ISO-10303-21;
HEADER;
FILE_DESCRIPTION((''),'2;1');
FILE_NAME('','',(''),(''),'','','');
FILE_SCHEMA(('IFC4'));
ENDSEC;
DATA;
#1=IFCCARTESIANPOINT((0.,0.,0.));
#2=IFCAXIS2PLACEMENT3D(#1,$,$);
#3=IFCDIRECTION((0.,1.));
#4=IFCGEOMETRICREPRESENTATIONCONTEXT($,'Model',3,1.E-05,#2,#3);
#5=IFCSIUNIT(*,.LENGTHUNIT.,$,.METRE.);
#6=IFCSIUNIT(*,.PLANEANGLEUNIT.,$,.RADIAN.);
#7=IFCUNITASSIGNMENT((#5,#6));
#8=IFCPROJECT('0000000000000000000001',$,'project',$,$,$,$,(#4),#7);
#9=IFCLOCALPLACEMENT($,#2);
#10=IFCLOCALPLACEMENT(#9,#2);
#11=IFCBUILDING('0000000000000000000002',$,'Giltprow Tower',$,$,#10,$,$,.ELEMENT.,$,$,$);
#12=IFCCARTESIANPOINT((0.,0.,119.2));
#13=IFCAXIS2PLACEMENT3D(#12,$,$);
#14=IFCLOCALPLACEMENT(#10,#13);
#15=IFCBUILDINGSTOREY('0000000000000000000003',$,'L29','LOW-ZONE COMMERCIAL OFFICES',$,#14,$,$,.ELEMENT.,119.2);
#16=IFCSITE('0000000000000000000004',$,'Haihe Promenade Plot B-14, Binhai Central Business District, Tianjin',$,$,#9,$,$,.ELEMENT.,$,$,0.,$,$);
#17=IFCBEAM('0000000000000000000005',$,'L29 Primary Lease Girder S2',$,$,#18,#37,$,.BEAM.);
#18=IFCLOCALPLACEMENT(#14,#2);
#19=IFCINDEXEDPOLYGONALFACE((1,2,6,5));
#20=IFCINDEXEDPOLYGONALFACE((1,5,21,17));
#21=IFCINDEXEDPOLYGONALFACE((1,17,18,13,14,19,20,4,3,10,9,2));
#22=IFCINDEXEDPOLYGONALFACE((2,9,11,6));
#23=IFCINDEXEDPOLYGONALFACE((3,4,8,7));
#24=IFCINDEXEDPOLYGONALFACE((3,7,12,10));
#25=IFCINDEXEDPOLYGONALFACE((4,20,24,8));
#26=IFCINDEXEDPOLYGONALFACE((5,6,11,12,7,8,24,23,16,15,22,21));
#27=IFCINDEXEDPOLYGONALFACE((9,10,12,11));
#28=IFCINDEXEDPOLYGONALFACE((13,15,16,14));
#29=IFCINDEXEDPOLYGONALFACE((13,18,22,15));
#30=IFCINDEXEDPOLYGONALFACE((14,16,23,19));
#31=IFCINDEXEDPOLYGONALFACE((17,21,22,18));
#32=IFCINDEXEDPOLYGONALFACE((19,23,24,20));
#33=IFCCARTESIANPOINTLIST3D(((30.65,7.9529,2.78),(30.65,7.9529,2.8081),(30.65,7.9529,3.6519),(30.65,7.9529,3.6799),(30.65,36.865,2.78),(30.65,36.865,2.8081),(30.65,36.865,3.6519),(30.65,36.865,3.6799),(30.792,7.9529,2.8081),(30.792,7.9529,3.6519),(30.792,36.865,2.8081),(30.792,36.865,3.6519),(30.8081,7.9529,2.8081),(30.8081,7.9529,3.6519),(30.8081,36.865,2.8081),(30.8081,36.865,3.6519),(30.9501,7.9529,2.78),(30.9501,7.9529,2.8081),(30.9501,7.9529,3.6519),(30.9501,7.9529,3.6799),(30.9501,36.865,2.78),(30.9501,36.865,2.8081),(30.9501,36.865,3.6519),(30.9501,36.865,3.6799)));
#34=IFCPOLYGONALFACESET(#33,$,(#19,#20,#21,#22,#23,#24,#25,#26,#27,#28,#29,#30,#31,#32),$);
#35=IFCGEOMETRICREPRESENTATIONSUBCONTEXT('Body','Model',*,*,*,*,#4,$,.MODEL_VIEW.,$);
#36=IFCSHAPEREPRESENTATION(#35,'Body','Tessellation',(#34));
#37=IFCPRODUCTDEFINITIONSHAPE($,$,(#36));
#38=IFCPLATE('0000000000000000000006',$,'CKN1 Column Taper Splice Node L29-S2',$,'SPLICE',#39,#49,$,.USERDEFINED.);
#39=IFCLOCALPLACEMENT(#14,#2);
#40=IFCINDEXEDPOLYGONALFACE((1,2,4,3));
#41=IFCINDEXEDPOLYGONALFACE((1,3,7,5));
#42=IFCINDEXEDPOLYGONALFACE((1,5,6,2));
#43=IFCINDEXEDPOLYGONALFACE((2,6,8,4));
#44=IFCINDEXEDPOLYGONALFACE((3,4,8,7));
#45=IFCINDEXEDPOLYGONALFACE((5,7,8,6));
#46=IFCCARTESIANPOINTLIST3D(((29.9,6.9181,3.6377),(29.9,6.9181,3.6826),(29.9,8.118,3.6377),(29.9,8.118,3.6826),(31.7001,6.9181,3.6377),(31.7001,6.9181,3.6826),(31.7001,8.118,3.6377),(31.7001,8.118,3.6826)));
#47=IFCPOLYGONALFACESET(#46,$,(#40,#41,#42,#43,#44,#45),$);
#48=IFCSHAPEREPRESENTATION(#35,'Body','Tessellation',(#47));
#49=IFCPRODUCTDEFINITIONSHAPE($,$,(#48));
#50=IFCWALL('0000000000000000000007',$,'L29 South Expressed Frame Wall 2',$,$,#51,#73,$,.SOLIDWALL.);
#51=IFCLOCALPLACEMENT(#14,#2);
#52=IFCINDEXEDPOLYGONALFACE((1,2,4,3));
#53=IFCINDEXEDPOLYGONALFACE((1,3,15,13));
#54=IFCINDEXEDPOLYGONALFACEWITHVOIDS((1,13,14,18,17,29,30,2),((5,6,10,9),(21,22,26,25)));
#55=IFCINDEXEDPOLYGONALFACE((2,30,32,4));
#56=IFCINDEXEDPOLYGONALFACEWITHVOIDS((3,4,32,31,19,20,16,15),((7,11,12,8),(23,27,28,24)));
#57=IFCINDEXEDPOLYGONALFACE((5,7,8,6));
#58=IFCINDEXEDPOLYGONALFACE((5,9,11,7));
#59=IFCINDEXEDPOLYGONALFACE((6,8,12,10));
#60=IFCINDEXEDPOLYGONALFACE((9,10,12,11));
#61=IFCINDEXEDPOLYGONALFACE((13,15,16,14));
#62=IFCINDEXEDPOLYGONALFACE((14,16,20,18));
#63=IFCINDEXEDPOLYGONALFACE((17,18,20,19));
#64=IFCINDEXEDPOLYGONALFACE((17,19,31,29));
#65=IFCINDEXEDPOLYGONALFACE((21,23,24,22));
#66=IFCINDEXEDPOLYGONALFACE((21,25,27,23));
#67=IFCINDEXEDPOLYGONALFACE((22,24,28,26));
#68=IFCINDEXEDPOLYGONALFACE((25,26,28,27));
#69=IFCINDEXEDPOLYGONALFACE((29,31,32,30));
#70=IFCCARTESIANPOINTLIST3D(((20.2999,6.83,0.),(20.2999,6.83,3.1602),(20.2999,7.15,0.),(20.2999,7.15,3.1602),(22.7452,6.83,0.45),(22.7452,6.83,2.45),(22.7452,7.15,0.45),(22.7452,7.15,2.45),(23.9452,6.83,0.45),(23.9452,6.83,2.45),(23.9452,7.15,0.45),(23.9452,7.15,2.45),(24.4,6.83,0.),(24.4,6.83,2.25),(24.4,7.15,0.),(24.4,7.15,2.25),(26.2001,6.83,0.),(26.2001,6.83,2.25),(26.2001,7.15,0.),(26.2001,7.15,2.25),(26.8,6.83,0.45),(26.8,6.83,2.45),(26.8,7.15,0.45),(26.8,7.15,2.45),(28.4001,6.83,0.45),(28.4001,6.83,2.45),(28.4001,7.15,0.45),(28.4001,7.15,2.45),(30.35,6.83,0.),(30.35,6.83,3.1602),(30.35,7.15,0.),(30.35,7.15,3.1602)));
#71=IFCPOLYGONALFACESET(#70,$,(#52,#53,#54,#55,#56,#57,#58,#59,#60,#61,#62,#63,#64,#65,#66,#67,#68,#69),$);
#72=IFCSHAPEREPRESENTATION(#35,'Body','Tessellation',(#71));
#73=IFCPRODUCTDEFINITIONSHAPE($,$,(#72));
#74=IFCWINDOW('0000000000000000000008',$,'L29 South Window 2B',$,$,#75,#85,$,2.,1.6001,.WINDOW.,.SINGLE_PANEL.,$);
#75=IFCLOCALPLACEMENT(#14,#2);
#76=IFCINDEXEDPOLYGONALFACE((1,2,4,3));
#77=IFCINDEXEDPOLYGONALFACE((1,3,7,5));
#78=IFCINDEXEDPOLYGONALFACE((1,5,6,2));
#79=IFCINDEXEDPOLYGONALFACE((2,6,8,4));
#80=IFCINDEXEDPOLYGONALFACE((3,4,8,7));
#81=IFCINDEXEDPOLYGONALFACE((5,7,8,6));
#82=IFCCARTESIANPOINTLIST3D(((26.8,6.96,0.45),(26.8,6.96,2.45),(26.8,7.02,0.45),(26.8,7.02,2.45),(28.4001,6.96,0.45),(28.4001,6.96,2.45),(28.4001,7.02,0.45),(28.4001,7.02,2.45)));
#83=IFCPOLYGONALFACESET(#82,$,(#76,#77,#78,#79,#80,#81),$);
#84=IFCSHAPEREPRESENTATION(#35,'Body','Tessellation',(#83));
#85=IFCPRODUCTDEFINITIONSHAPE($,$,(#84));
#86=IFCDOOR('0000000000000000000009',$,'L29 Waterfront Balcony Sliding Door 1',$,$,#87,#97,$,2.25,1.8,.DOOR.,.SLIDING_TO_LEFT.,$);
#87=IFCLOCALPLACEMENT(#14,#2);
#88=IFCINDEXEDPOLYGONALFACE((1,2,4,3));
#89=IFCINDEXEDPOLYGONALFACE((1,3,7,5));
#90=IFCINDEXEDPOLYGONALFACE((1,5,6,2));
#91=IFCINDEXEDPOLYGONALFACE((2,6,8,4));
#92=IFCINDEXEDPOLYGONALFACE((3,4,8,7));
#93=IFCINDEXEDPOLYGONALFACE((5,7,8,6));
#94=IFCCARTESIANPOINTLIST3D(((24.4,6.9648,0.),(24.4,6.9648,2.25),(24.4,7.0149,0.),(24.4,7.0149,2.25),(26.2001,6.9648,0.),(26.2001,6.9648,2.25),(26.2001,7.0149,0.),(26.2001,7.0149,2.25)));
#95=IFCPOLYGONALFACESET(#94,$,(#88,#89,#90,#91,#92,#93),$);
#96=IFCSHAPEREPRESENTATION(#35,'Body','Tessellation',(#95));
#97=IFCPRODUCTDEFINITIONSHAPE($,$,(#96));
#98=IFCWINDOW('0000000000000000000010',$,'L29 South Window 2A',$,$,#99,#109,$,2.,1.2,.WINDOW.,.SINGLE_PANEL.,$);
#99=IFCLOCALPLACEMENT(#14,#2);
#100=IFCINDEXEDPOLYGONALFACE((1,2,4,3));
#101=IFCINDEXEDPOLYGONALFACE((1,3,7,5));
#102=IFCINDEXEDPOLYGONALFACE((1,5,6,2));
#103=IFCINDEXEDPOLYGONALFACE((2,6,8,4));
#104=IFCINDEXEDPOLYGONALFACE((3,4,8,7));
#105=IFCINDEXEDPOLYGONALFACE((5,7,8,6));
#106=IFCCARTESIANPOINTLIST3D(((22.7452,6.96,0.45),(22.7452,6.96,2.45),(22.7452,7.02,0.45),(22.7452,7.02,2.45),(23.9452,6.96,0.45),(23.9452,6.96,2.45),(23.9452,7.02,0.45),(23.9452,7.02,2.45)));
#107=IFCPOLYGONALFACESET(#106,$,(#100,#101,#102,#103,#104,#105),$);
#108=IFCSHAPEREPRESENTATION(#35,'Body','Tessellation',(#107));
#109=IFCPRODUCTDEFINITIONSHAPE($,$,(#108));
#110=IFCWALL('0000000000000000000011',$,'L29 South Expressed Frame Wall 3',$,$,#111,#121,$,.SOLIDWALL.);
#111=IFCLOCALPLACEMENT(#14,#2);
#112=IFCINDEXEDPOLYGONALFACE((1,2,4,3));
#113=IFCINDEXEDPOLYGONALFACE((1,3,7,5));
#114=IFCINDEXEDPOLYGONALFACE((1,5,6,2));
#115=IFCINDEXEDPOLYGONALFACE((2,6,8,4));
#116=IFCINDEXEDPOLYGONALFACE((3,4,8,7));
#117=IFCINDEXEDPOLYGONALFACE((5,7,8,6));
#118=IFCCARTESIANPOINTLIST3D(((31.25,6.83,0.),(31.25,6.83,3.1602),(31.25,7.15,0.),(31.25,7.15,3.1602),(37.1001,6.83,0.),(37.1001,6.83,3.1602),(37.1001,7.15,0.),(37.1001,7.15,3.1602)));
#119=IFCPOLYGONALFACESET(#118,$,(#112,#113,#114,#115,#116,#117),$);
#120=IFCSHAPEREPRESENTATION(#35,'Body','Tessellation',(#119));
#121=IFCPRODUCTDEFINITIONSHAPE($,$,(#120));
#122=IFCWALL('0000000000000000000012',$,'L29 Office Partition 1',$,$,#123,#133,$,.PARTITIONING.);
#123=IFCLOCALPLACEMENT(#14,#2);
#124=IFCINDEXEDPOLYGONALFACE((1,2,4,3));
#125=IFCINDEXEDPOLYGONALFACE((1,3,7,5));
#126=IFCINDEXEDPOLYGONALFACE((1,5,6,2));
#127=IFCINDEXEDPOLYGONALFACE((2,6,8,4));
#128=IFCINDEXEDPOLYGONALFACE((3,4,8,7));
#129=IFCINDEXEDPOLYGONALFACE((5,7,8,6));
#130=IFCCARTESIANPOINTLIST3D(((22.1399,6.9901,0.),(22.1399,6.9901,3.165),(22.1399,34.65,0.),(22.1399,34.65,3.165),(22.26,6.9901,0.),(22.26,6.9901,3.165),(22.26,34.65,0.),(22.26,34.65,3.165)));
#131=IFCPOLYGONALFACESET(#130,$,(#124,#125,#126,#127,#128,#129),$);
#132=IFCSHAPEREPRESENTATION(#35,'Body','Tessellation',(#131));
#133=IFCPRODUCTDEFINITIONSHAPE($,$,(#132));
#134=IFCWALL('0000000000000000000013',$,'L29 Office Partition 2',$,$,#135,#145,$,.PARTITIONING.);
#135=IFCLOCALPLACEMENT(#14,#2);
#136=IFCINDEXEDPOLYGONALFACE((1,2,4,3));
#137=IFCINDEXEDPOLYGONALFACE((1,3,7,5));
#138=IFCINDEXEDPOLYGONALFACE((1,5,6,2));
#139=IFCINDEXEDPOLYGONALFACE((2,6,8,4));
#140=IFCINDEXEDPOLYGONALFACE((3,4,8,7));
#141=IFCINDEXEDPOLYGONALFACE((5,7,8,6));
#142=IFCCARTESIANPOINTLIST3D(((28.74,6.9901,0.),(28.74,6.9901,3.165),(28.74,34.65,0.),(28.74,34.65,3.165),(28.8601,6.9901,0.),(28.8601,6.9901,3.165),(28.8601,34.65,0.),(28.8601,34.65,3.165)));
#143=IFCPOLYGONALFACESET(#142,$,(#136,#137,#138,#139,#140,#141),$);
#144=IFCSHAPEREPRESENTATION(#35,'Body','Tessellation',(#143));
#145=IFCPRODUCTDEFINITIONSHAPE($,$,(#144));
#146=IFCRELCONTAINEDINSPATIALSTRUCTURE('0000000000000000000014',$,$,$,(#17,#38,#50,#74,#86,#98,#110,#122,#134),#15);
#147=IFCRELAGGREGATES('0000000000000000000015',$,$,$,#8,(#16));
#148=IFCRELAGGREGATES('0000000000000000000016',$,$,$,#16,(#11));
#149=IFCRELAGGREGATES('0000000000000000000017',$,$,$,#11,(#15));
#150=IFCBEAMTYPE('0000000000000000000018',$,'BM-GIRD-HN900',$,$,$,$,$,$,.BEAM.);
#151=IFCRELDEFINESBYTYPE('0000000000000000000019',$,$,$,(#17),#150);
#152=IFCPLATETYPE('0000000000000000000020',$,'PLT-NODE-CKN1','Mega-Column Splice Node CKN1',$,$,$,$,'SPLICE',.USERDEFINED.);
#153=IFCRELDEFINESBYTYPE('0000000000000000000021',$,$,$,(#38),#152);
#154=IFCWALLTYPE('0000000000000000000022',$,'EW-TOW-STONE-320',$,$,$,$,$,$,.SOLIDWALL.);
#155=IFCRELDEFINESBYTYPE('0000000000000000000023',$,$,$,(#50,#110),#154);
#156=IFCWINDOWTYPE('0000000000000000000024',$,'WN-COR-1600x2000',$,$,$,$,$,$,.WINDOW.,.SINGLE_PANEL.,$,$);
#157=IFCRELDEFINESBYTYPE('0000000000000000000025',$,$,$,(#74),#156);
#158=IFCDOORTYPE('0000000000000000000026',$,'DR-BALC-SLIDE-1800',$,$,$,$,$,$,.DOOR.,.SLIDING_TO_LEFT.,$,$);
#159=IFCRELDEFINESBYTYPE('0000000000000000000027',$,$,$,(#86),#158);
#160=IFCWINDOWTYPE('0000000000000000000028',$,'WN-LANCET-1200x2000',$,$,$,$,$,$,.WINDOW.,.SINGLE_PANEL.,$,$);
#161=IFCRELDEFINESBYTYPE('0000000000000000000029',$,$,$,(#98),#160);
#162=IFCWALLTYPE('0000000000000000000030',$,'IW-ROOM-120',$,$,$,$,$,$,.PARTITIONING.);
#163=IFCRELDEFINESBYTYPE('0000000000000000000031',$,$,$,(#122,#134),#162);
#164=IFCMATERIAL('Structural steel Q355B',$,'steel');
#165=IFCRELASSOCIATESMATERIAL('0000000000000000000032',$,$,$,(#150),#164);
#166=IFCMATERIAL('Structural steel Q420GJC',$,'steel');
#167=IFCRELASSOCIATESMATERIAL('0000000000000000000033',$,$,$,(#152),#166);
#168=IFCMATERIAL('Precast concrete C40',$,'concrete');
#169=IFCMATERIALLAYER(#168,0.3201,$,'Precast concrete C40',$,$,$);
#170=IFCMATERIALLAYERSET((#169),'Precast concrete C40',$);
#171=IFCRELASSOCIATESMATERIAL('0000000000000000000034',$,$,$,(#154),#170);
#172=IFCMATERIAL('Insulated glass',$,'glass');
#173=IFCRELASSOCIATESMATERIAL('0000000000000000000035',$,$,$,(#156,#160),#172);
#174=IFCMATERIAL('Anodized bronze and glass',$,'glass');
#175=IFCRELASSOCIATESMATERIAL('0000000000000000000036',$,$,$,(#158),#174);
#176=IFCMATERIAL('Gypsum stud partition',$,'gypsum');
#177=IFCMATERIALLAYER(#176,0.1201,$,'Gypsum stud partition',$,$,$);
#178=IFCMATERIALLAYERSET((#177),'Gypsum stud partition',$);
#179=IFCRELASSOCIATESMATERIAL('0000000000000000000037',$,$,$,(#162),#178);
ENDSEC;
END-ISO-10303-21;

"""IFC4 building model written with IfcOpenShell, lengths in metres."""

from ifc_helpers import new_model, si_unit, direction, frame, frame_2d, origin, origin_2d, place, context, subcontext, project, spatial, rectangle, i_section, extrude, source, transform, mapped, material, layer, layer_set, material_profile, profile_set, type_object, element, fill, save


model = new_model("IFC4")

# Units and contexts
model_context = context("Model", 3, precision=1e-05, world=origin(), true_north=direction((0.0, 1.0)))
body_context = subcontext(model_context, "Body", "Model", "MODEL_VIEW")
ifc_project = project(units=[si_unit("LENGTHUNIT", "METRE"), si_unit("PLANEANGLEUNIT", "RADIAN")], contexts=[model_context])

# Site, building, storey
site_placement = place(None, origin())
site = spatial("IfcSite", under=ifc_project, at=site_placement, Name="Haihe Promenade Plot B-14, Binhai Central Business District, Tianjin", CompositionType="ELEMENT", RefElevation=0.0)
building_placement = place(site_placement, origin())
building = spatial("IfcBuilding", under=site, at=building_placement, Name="Giltprow Tower", CompositionType="ELEMENT")
storey_placement = place(building_placement, frame((0.0, 0.0, 119.2)))
storey = spatial("IfcBuildingStorey", under=building, at=storey_placement, Name="L29", Description="LOW-ZONE COMMERCIAL OFFICES", CompositionType="ELEMENT", Elevation=119.2)

# Shared definitions
ifc_material_1 = material(Name="Structural steel Q420GJC", Category="steel")

# Beam
ifc_material_2 = material(Name="Structural steel Q355B", Category="steel")
ifc_material_profile_1 = material_profile(ifc_material_2, i_section(OverallWidth=0.3, OverallDepth=0.8999, WebThickness=0.0161, FlangeThickness=0.0281, at=origin_2d()), Name="HN 900x300x16x28")
ifc_profile_set_1 = profile_set([ifc_material_profile_1], Name="Structural steel Q355B")
beam_type_1 = type_object("IfcBeamType", Name="BM-GIRD-HN900", PredefinedType="BEAM", material=ifc_profile_set_1)
shared_shape_1 = source(origin(), body_context, "Body", "SweptSolid", [
    extrude(i_section(OverallWidth=0.3, OverallDepth=0.8999, WebThickness=0.0161, FlangeThickness=0.0281, at=origin_2d()), origin(), (0.0, 0.0, 1.0), 28.9121),
])
for number, where, z_axis, x_axis, name in (
    (1, (30.8, 7.9529, 3.23), (0.0, 1.0, 0.0), (-1.0, 0.0, 0.0), "L29 Primary Lease Girder S2"),
):
    element("IfcBeam", number, at=place(storey_placement, frame(where, z_axis=z_axis, x_axis=x_axis)), inside=storey, type_object=beam_type_1, Name=name, PredefinedType="BEAM", context=body_context, shape_type="MappedRepresentation", body=[
        mapped(shared_shape_1, transform((0.0, 0.0, 0.0), x_axis=(1.0, 0.0, 0.0), y_axis=(0.0, 1.0, 0.0), z_axis=(0.0, 0.0, 1.0), scale=1.0)),
    ])

# Plate
plate_type = type_object("IfcPlateType", Name="PLT-NODE-CKN1", Description="Mega-Column Splice Node CKN1", ElementType="SPLICE", PredefinedType="USERDEFINED", material=ifc_material_1)
shared_shape_2 = source(origin(), body_context, "Body", "SweptSolid", [
    extrude(rectangle(XDim=1.8, YDim=1.2, at=origin_2d()), origin(), (0.0, 0.0, 1.0), 0.0449),
])
plate_placement = place(storey_placement, frame((30.8, 7.5181, 3.6377), z_axis=(0.0, 0.0, 1.0), x_axis=(1.0, 0.0, 0.0)))
element("IfcPlate", 2, at=plate_placement, inside=storey, type_object=plate_type, Name="CKN1 Column Taper Splice Node L29-S2", ObjectType="SPLICE", PredefinedType="USERDEFINED", context=body_context, shape_type="MappedRepresentation", body=[
    mapped(shared_shape_2, transform((0.0, 0.0, 0.0), x_axis=(1.0, 0.0, 0.0), y_axis=(0.0, 1.0, 0.0), z_axis=(0.0, 0.0, 1.0), scale=1.0)),
])

# Wall, openings, windows, door
ifc_material_3 = material(Name="Precast concrete C40", Category="concrete")
ifc_layer_1 = layer(ifc_material_3, 0.3201, Name="Precast concrete C40")
ifc_layer_set_1 = layer_set([ifc_layer_1], Name="Precast concrete C40")
wall_type_1 = type_object("IfcWallType", Name="EW-TOW-STONE-320", PredefinedType="SOLIDWALL", material=ifc_layer_set_1)
wall_1_placement = place(storey_placement, frame((20.3, 6.99, 0.0), z_axis=(0.0, 0.0, 1.0), x_axis=(1.0, 0.0, 0.0)))
wall_1 = element("IfcWall", 3, at=wall_1_placement, inside=storey, type_object=wall_type_1, Name="L29 South Expressed Frame Wall 2", PredefinedType="SOLIDWALL", context=body_context, shape_type="SweptSolid", body=[
    extrude(rectangle(XDim=10.05, YDim=0.3201, at=frame_2d((5.0249, 0.0))), origin(), (0.0, 0.0, 1.0), 3.1602),
])
opening_1_placement = place(wall_1_placement, frame((4.1001, 0.0, 0.0)))
opening_1 = element("IfcOpeningElement", 4, at=opening_1_placement, cuts=wall_1, PredefinedType="OPENING", context=body_context, shape_type="SweptSolid", body=[
    extrude(rectangle(XDim=1.8, YDim=2.25, at=frame_2d((0.8999, 1.125))), frame((0.0, 0.1699, 0.0), z_axis=(0.0, -1.0, 0.0), x_axis=(1.0, 0.0, 0.0)), (0.0, 0.0, 1.0), 0.3401),
])
opening_2_placement = place(wall_1_placement, frame((2.4451, 0.0, 0.45)))
opening_2 = element("IfcOpeningElement", 5, at=opening_2_placement, cuts=wall_1, PredefinedType="OPENING", context=body_context, shape_type="SweptSolid", body=[
    extrude(rectangle(XDim=1.2, YDim=2.0, at=frame_2d((0.6001, 1.0))), frame((0.0, 0.1699, 0.0), z_axis=(0.0, -1.0, 0.0), x_axis=(1.0, 0.0, 0.0)), (0.0, 0.0, 1.0), 0.3401),
])
opening_3_placement = place(wall_1_placement, frame((6.5, 0.0, 0.45)))
opening_3 = element("IfcOpeningElement", 6, at=opening_3_placement, cuts=wall_1, PredefinedType="OPENING", context=body_context, shape_type="SweptSolid", body=[
    extrude(rectangle(XDim=1.6001, YDim=2.0, at=frame_2d((0.8, 1.0))), frame((0.0, 0.1699, 0.0), z_axis=(0.0, -1.0, 0.0), x_axis=(1.0, 0.0, 0.0)), (0.0, 0.0, 1.0), 0.3401),
])
ifc_material_4 = material(Name="Insulated glass", Category="glass")
window_type_1 = type_object("IfcWindowType", Name="WN-COR-1600x2000", PartitioningType="SINGLE_PANEL", PredefinedType="WINDOW", material=ifc_material_4)
shared_shape_3 = source(origin(), body_context, "Body", "SweptSolid", [
    extrude(rectangle(XDim=1.6001, YDim=2.0, at=frame_2d((0.8, 1.0))), frame((0.0, 0.03, 0.0), z_axis=(0.0, -1.0, 0.0), x_axis=(1.0, 0.0, 0.0)), (0.0, 0.0, 1.0), 0.0601),
])
window_1_placement = place(opening_3_placement, origin())
window_1 = element("IfcWindow", 7, at=window_1_placement, inside=storey, type_object=window_type_1, Name="L29 South Window 2B", OverallHeight=2.0, OverallWidth=1.6001, PartitioningType="SINGLE_PANEL", PredefinedType="WINDOW", context=body_context, shape_type="MappedRepresentation", body=[
    mapped(shared_shape_3, transform((0.0, 0.0, 0.0), x_axis=(1.0, 0.0, 0.0), y_axis=(0.0, 1.0, 0.0), z_axis=(0.0, 0.0, 1.0), scale=1.0)),
])
fill(opening_3, window_1)
ifc_material_5 = material(Name="Anodized bronze and glass", Category="glass")
door_type = type_object("IfcDoorType", Name="DR-BALC-SLIDE-1800", OperationType="SLIDING_TO_LEFT", PredefinedType="DOOR", material=ifc_material_5)
shared_shape_4 = source(origin(), body_context, "Body", "SweptSolid", [
    extrude(rectangle(XDim=1.8, YDim=2.25, at=frame_2d((0.8999, 1.125))), frame((0.0, 0.0249, 0.0), z_axis=(0.0, -1.0, 0.0), x_axis=(1.0, 0.0, 0.0)), (0.0, 0.0, 1.0), 0.05),
])
door_placement = place(opening_1_placement, origin())
door = element("IfcDoor", 8, at=door_placement, inside=storey, type_object=door_type, Name="L29 Waterfront Balcony Sliding Door 1", OperationType="SLIDING_TO_LEFT", OverallHeight=2.25, OverallWidth=1.8, PredefinedType="DOOR", context=body_context, shape_type="MappedRepresentation", body=[
    mapped(shared_shape_4, transform((0.0, 0.0, 0.0), x_axis=(1.0, 0.0, 0.0), y_axis=(0.0, 1.0, 0.0), z_axis=(0.0, 0.0, 1.0), scale=1.0)),
])
fill(opening_1, door)
window_type_2 = type_object("IfcWindowType", Name="WN-LANCET-1200x2000", PartitioningType="SINGLE_PANEL", PredefinedType="WINDOW", material=ifc_material_4)
shared_shape_5 = source(origin(), body_context, "Body", "SweptSolid", [
    extrude(rectangle(XDim=1.2, YDim=2.0, at=frame_2d((0.6001, 1.0))), frame((0.0, 0.03, 0.0), z_axis=(0.0, -1.0, 0.0), x_axis=(1.0, 0.0, 0.0)), (0.0, 0.0, 1.0), 0.0601),
])
window_2_placement = place(opening_2_placement, origin())
window_2 = element("IfcWindow", 9, at=window_2_placement, inside=storey, type_object=window_type_2, Name="L29 South Window 2A", OverallHeight=2.0, OverallWidth=1.2, PartitioningType="SINGLE_PANEL", PredefinedType="WINDOW", context=body_context, shape_type="MappedRepresentation", body=[
    mapped(shared_shape_5, transform((0.0, 0.0, 0.0), x_axis=(1.0, 0.0, 0.0), y_axis=(0.0, 1.0, 0.0), z_axis=(0.0, 0.0, 1.0), scale=1.0)),
])
fill(opening_2, window_2)

# Walls
wall_2_placement = place(storey_placement, frame((31.25, 6.99, 0.0), z_axis=(0.0, 0.0, 1.0), x_axis=(1.0, 0.0, 0.0)))
element("IfcWall", 10, at=wall_2_placement, inside=storey, type_object=wall_type_1, Name="L29 South Expressed Frame Wall 3", PredefinedType="SOLIDWALL", context=body_context, shape_type="SweptSolid", body=[
    extrude(rectangle(XDim=5.8501, YDim=0.3201, at=frame_2d((2.925, 0.0))), origin(), (0.0, 0.0, 1.0), 3.1602),
])
ifc_material_6 = material(Name="Gypsum stud partition", Category="gypsum")
ifc_layer_2 = layer(ifc_material_6, 0.1201, Name="Gypsum stud partition")
ifc_layer_set_2 = layer_set([ifc_layer_2], Name="Gypsum stud partition")
wall_type_2 = type_object("IfcWallType", Name="IW-ROOM-120", PredefinedType="PARTITIONING", material=ifc_layer_set_2)
for number, where, z_axis, x_axis, name in (
    (11, (22.2, 6.99, 0.0), (0.0, 0.0, 1.0), (0.0, 1.0, 0.0), "L29 Office Partition 1"),
    (12, (28.8, 6.99, 0.0), (0.0, 0.0, 1.0), (0.0, 1.0, 0.0), "L29 Office Partition 2"),
):
    element("IfcWall", number, at=place(storey_placement, frame(where, z_axis=z_axis, x_axis=x_axis)), inside=storey, type_object=wall_type_2, Name=name, PredefinedType="PARTITIONING", context=body_context, shape_type="SweptSolid", body=[
        extrude(rectangle(XDim=27.6599, YDim=0.1201, at=frame_2d((13.8301, 0.0))), origin(), (0.0, 0.0, 1.0), 3.165),
    ])

save(model, "model.ifc")
